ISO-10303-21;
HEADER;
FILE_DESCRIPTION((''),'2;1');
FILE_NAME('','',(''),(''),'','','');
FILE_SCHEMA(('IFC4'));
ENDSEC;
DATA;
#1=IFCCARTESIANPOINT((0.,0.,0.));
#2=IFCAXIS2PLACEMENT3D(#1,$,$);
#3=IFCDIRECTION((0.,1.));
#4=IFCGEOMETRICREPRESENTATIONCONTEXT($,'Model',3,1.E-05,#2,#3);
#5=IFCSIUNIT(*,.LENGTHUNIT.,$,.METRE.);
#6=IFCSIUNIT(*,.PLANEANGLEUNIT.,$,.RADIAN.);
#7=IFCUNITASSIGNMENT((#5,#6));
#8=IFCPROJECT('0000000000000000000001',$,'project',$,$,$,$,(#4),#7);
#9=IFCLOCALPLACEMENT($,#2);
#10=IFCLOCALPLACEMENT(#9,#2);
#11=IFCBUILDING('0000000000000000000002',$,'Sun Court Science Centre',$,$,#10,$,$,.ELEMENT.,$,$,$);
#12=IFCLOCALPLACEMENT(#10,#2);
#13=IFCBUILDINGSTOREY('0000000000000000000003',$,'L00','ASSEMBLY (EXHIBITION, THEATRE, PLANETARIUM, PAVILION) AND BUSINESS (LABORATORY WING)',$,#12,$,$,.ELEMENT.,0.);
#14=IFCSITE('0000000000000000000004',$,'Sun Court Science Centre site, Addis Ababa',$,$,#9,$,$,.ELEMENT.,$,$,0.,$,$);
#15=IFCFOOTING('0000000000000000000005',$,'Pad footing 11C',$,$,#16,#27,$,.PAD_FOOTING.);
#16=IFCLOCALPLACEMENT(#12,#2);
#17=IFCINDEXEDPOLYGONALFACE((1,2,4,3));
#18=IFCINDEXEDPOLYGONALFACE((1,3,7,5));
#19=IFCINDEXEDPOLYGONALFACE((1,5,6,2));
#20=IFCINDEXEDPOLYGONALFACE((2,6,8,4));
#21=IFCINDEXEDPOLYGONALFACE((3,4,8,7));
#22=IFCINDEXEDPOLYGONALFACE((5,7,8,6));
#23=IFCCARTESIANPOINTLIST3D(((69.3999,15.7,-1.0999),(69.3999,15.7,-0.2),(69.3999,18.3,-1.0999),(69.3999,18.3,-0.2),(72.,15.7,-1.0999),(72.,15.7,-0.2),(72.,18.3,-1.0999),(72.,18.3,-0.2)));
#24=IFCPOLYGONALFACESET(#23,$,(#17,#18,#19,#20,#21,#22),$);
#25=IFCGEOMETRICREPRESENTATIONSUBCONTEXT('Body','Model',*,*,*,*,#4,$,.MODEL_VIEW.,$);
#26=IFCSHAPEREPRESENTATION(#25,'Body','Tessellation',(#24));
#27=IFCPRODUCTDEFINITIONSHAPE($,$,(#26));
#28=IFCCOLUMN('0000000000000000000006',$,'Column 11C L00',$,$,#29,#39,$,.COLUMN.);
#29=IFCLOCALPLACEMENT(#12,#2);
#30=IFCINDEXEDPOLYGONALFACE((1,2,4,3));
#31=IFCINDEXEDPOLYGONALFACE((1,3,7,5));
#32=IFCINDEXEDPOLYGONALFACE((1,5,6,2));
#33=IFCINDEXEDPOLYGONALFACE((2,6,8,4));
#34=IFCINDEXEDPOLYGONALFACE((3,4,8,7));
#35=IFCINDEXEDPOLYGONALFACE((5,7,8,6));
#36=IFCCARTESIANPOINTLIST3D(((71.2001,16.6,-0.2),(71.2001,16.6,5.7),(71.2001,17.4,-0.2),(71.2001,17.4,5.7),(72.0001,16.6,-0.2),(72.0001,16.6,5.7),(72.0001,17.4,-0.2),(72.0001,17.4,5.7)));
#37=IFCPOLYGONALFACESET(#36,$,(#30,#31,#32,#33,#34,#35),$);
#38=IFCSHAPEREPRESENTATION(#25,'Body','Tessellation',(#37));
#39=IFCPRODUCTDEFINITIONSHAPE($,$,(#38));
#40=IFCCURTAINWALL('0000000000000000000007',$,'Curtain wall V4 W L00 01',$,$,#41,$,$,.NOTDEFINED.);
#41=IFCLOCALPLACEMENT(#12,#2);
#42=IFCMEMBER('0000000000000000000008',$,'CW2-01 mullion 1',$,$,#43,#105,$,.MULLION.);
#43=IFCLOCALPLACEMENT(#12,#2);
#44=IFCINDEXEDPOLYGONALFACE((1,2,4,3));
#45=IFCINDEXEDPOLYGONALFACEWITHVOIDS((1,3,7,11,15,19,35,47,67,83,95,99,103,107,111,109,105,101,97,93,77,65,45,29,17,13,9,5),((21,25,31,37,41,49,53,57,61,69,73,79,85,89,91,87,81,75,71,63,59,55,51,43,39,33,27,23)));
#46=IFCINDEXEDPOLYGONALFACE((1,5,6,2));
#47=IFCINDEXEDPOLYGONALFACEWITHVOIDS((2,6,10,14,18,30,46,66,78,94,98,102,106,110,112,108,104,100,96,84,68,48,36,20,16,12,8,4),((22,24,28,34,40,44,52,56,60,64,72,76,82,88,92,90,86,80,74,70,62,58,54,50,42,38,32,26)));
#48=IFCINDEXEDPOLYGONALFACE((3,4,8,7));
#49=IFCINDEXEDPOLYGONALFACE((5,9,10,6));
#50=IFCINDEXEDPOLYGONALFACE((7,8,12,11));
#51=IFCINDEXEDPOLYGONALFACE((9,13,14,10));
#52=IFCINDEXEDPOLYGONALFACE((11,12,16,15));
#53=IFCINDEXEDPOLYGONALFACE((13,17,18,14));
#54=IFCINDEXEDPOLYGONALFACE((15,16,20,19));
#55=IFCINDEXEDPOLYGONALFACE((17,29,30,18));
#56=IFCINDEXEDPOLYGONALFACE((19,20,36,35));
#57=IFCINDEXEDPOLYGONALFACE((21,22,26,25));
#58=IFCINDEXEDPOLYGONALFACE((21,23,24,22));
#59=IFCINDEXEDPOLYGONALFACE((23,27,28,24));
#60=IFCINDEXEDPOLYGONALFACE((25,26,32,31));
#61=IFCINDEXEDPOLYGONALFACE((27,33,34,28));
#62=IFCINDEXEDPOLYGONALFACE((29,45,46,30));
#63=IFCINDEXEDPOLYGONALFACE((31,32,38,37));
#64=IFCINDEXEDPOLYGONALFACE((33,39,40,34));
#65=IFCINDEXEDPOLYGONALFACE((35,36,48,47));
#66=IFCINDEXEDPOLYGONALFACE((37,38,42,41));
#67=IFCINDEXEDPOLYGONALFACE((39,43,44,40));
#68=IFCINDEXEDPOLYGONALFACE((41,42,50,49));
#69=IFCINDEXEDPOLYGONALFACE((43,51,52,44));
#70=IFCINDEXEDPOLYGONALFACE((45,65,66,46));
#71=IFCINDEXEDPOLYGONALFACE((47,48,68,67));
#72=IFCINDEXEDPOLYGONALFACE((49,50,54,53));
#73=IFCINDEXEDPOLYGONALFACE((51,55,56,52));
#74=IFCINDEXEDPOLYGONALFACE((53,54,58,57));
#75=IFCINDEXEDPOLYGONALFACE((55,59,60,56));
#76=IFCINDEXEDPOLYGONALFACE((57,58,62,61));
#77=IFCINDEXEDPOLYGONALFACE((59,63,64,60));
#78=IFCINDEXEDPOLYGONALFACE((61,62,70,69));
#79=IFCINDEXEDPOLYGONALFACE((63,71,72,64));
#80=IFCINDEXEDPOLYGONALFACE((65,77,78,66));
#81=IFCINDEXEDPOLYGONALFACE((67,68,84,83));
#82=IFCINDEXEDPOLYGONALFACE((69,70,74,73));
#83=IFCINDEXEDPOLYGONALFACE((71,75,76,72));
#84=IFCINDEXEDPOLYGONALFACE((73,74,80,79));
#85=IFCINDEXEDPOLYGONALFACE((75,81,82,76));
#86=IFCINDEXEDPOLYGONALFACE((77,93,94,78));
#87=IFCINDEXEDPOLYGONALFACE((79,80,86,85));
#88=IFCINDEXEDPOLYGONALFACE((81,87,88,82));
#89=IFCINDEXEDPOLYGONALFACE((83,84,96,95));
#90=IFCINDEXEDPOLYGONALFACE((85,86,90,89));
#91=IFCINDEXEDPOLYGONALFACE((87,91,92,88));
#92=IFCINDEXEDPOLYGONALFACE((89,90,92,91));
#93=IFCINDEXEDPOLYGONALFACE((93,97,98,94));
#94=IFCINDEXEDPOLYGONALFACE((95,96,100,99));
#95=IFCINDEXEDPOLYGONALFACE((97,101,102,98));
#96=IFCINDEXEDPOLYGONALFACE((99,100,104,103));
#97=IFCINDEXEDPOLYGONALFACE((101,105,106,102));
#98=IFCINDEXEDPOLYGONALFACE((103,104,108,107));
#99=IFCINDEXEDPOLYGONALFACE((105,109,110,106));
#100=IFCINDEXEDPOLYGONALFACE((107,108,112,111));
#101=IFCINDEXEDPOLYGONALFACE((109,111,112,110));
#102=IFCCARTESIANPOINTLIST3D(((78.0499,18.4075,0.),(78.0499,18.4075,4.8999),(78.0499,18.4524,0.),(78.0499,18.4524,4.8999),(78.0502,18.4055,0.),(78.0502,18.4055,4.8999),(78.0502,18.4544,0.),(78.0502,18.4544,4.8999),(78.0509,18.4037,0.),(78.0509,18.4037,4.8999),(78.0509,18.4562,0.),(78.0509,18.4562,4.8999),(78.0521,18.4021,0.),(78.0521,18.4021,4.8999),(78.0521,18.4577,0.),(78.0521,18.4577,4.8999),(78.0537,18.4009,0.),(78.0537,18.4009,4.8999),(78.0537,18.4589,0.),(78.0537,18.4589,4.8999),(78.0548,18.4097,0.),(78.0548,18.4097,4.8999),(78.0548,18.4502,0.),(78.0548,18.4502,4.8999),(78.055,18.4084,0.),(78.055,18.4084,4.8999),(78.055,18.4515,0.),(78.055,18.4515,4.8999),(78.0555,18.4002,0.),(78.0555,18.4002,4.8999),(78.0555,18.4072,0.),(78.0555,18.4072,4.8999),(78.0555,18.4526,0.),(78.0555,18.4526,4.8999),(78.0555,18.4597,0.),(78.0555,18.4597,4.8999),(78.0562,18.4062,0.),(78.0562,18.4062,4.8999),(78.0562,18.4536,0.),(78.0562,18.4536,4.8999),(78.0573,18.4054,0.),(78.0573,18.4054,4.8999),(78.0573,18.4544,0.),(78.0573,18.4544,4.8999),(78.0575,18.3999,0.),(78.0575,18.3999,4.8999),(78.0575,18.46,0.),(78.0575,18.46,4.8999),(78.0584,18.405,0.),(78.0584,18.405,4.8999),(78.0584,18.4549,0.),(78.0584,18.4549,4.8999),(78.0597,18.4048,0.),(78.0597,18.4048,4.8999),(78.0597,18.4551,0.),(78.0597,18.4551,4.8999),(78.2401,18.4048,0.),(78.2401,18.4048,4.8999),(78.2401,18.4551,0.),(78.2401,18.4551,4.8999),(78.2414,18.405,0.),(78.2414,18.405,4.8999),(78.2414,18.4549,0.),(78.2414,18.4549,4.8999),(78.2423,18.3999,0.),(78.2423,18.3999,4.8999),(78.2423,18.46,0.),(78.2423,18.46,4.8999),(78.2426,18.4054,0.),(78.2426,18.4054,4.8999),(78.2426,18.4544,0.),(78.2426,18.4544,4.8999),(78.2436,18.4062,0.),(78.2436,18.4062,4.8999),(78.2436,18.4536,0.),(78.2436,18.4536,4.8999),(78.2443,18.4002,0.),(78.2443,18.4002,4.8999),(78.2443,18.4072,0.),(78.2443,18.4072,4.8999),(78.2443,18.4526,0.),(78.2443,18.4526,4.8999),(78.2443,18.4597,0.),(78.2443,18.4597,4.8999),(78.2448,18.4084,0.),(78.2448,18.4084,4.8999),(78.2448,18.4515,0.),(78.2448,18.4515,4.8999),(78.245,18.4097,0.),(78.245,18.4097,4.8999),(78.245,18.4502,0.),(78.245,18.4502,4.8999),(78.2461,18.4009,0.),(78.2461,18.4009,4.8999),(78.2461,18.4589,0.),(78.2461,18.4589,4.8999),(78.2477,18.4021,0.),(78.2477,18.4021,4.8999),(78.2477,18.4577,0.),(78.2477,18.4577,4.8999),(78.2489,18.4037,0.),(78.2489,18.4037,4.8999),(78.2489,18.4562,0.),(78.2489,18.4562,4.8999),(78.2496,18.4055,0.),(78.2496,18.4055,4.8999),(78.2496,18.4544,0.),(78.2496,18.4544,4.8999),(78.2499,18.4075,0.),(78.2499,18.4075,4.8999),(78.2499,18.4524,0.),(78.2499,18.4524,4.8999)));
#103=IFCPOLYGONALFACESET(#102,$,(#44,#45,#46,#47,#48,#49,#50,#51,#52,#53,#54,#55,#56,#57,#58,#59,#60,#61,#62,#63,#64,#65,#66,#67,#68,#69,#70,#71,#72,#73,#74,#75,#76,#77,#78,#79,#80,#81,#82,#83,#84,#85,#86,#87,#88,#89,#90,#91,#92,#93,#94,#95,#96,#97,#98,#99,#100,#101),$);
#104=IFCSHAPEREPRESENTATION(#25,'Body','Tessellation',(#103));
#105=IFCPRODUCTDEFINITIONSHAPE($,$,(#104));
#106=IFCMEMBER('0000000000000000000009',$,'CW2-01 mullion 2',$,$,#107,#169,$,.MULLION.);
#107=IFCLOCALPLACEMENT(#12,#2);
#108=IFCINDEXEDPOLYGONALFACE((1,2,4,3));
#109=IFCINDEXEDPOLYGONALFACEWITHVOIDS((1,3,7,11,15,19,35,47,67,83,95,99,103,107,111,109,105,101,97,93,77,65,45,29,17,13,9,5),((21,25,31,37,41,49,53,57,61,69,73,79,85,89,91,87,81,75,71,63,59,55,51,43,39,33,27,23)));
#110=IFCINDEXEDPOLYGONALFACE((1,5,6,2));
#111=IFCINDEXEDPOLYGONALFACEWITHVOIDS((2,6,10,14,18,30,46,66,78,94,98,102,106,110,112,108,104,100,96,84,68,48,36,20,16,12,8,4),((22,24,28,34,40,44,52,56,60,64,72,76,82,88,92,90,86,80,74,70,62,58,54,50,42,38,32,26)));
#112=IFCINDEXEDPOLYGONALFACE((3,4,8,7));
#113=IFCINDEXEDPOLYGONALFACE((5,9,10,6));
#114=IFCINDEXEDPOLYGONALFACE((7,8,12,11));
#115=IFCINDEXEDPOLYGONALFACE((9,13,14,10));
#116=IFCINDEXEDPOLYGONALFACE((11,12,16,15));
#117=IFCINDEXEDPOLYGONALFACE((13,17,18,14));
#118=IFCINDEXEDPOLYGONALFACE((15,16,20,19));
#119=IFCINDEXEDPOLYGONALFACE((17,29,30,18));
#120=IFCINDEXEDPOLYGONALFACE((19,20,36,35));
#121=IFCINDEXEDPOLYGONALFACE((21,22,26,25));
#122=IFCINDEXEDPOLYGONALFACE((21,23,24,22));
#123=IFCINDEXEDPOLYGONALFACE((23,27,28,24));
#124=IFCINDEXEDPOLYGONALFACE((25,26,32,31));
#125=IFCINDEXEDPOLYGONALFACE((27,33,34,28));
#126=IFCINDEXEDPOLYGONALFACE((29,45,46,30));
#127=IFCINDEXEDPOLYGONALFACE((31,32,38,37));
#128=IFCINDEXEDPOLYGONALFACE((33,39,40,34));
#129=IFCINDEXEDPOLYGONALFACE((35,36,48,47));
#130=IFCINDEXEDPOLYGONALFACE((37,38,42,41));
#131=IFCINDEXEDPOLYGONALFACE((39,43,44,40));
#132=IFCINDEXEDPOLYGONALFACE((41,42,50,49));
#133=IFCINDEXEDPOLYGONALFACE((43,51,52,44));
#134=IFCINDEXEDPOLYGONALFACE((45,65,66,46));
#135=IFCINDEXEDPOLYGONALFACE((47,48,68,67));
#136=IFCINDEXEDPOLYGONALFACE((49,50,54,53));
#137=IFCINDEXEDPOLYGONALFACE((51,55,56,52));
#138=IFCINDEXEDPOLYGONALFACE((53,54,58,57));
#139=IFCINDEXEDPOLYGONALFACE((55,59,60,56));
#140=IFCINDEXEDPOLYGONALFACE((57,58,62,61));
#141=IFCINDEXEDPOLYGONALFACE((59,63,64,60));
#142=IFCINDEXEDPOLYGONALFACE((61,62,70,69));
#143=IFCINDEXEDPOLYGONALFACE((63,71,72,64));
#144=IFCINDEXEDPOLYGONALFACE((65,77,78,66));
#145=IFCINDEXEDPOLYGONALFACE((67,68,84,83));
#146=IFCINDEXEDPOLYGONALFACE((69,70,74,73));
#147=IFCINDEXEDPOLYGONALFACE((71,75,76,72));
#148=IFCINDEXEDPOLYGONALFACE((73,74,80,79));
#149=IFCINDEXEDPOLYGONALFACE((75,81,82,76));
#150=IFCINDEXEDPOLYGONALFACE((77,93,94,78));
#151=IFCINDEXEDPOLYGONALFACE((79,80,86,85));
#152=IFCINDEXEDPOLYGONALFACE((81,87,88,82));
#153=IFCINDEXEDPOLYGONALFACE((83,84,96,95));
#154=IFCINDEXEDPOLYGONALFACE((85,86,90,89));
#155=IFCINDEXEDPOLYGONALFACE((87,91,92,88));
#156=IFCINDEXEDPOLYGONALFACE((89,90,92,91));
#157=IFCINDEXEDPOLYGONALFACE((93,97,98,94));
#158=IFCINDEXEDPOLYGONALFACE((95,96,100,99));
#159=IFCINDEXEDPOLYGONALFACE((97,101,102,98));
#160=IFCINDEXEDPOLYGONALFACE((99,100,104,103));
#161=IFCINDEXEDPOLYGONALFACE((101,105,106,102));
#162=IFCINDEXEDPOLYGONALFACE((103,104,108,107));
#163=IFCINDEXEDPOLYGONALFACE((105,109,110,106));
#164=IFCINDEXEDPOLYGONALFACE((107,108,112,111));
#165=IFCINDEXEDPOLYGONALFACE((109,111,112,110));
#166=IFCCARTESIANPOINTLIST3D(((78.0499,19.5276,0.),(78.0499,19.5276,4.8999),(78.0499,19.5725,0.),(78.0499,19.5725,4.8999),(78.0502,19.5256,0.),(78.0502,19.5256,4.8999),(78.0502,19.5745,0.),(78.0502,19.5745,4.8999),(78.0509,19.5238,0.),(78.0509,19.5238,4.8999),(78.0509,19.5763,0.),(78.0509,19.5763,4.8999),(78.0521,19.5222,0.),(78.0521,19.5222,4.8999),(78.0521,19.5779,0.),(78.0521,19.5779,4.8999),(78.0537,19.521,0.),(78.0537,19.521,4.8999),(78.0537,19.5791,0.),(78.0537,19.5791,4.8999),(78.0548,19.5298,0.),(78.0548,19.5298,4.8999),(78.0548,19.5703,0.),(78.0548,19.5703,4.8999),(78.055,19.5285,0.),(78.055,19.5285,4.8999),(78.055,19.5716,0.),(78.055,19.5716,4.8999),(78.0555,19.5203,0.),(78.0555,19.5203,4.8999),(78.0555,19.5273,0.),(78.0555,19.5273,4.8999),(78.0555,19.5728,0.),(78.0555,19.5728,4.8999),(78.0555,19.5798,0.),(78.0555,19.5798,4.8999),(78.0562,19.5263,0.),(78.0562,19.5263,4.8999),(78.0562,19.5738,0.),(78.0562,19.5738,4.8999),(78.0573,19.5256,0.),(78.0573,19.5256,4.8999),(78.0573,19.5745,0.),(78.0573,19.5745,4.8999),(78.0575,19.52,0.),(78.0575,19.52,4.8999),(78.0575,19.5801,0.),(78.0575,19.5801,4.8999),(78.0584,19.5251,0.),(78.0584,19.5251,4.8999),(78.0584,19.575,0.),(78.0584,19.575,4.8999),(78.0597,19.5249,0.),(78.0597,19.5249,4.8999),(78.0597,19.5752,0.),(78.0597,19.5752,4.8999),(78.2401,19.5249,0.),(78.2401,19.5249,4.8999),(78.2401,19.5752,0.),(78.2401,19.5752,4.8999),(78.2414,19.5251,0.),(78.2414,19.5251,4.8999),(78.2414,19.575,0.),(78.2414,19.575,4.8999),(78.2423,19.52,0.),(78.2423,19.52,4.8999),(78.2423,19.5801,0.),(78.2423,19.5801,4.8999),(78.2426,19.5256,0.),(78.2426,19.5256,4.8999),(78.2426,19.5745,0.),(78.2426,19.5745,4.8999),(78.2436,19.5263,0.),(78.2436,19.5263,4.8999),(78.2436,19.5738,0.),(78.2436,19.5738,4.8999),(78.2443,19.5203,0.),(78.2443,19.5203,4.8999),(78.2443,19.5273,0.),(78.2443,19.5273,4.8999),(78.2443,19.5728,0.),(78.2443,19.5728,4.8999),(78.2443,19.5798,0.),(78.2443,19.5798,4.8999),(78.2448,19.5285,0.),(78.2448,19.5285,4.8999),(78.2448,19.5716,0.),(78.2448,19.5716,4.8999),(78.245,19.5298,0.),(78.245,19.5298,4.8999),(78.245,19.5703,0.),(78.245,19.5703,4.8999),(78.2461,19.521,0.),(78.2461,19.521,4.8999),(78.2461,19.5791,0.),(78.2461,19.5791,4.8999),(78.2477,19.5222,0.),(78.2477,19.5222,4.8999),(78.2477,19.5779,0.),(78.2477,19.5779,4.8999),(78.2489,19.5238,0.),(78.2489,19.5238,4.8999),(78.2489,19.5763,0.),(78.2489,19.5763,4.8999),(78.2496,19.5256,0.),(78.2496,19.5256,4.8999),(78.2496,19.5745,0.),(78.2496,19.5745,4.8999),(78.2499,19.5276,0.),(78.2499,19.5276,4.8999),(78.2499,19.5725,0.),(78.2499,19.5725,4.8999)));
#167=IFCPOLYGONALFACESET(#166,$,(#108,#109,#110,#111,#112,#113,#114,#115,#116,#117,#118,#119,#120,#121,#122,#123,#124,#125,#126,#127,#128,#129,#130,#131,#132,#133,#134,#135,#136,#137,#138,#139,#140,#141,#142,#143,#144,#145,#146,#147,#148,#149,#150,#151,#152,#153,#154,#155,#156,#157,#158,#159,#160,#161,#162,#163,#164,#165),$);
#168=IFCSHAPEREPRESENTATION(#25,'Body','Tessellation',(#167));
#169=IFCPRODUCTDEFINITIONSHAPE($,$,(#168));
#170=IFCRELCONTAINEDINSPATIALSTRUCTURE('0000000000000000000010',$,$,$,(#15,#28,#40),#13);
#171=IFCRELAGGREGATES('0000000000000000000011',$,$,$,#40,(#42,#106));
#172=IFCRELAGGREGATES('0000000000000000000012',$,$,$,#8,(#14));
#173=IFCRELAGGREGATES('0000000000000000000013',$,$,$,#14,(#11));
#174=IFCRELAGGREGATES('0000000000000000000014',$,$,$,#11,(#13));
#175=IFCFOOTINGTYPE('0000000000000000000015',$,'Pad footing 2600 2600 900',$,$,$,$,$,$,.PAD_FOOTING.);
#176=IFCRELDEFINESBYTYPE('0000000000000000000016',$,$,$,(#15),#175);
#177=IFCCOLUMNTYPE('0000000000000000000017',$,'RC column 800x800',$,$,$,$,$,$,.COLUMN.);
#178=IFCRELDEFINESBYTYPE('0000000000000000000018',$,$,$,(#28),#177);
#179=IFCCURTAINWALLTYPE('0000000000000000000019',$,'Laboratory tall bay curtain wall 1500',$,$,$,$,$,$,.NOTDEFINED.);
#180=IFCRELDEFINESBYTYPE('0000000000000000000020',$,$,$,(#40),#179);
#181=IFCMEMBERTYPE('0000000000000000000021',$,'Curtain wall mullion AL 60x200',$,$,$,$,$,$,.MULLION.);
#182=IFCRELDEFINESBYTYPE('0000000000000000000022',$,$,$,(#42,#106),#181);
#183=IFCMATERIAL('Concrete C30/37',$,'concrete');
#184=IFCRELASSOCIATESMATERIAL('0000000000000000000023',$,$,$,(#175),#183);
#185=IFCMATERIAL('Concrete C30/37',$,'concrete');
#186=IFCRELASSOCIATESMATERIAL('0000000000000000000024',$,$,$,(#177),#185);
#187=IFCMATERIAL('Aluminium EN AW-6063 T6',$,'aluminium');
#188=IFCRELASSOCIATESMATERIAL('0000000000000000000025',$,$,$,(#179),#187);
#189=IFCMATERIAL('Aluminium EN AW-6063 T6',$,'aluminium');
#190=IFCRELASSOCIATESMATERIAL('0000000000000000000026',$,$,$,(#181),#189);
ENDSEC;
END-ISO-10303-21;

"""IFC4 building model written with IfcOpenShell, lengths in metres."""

from ifc_helpers import new_model, si_unit, direction, frame, origin, origin_2d, place, context, subcontext, project, spatial, rectangle, hollow_rectangle, extrude, material, material_profile, profile_set, type_object, element, aggregate, save


model = new_model("IFC4")

# Units and contexts
model_context = context("Model", 3, precision=1e-05, world=origin(), true_north=direction((0.0, 1.0)))
body_context = subcontext(model_context, "Body", "Model", "MODEL_VIEW")
ifc_project = project(units=[si_unit("LENGTHUNIT", "METRE"), si_unit("PLANEANGLEUNIT", "RADIAN")], contexts=[model_context])

# Site, building, storey
site_placement = place(None, origin())
site = spatial("IfcSite", under=ifc_project, at=site_placement, Name="Sun Court Science Centre site, Addis Ababa", CompositionType="ELEMENT", RefElevation=0.0)
building_placement = place(site_placement, origin())
building = spatial("IfcBuilding", under=site, at=building_placement, Name="Sun Court Science Centre", CompositionType="ELEMENT")
storey_placement = place(building_placement, origin())
storey = spatial("IfcBuildingStorey", under=building, at=storey_placement, Name="L00", Description="ASSEMBLY (EXHIBITION, THEATRE, PLANETARIUM, PAVILION) AND BUSINESS (LABORATORY WING)", CompositionType="ELEMENT", Elevation=0.0)

# Footing
ifc_material_1 = material(Name="Concrete C30/37", Category="concrete")
footing_type = type_object("IfcFootingType", Name="Pad footing 2600 2600 900", PredefinedType="PAD_FOOTING", material=ifc_material_1)
footing_placement = place(storey_placement, frame((70.7, 17.0, -1.0999), z_axis=(0.0, 0.0, 1.0), x_axis=(1.0, 0.0, 0.0)))
element("IfcFooting", 1, at=footing_placement, inside=storey, type_object=footing_type, Name="Pad footing 11C", PredefinedType="PAD_FOOTING", context=body_context, shape_type="SweptSolid", body=[
    extrude(rectangle(XDim=2.6001, YDim=2.6001, at=origin_2d()), origin(), (0.0, 0.0, 1.0), 0.8999),
])

# Column
ifc_material_2 = material(Name="Concrete C30/37", Category="concrete")
ifc_material_profile_1 = material_profile(ifc_material_2, rectangle(XDim=0.8, YDim=0.8, at=origin_2d()), Name="RC 800x800")
ifc_profile_set_1 = profile_set([ifc_material_profile_1], Name="Concrete C30/37")
column_type = type_object("IfcColumnType", Name="RC column 800x800", PredefinedType="COLUMN", material=ifc_profile_set_1)
column_placement = place(storey_placement, frame((71.6001, 17.0, -0.2), z_axis=(0.0, 0.0, 1.0), x_axis=(1.0, 0.0, 0.0)))
element("IfcColumn", 2, at=column_placement, inside=storey, type_object=column_type, Name="Column 11C L00", PredefinedType="COLUMN", context=body_context, shape_type="SweptSolid", body=[
    extrude(rectangle(XDim=0.8, YDim=0.8, at=origin_2d()), origin(), (0.0, 0.0, 1.0), 5.8999),
])

# Curtain wall, members
ifc_material_3 = material(Name="Aluminium EN AW-6063 T6", Category="aluminium")
curtain_wall_type = type_object("IfcCurtainWallType", Name="Laboratory tall bay curtain wall 1500", PredefinedType="NOTDEFINED", material=ifc_material_3)
curtain_wall_placement = place(storey_placement, origin())
curtain_wall = element("IfcCurtainWall", 3, at=curtain_wall_placement, inside=storey, type_object=curtain_wall_type, Name="Curtain wall V4 W L00 01", PredefinedType="NOTDEFINED")
ifc_material_4 = material(Name="Aluminium EN AW-6063 T6", Category="aluminium")
ifc_material_profile_2 = material_profile(ifc_material_4, hollow_rectangle(XDim=0.0601, YDim=0.2, WallThickness=0.0049, InnerFilletRadius=0.0049, OuterFilletRadius=0.0076, at=origin_2d()), Name="AL 60x200x5")
ifc_profile_set_2 = profile_set([ifc_material_profile_2], Name="Aluminium EN AW-6063 T6")
member_type_1 = type_object("IfcMemberType", Name="Curtain wall mullion AL 60x200", PredefinedType="MULLION", material=ifc_profile_set_2)
member_1_placement = place(storey_placement, frame((78.1499, 18.4299, 0.0), z_axis=(0.0, 0.0, 1.0), x_axis=(0.0, 1.0, 0.0)))
member_1 = element("IfcMember", 4, at=member_1_placement, type_object=member_type_1, Name="CW2-01 mullion 1", PredefinedType="MULLION", context=body_context, shape_type="SweptSolid", body=[
    extrude(hollow_rectangle(XDim=0.0601, YDim=0.2, WallThickness=0.0049, InnerFilletRadius=0.0049, OuterFilletRadius=0.0076, at=origin_2d()), origin(), (0.0, 0.0, 1.0), 4.8999),
])
member_2_placement = place(storey_placement, frame((78.1499, 19.55, 0.0), z_axis=(0.0, 0.0, 1.0), x_axis=(0.0, 1.0, 0.0)))
member_2 = element("IfcMember", 5, at=member_2_placement, type_object=member_type_1, Name="CW2-01 mullion 2", PredefinedType="MULLION", context=body_context, shape_type="SweptSolid", body=[
    extrude(hollow_rectangle(XDim=0.0601, YDim=0.2, WallThickness=0.0049, InnerFilletRadius=0.0049, OuterFilletRadius=0.0076, at=origin_2d()), origin(), (0.0, 0.0, 1.0), 4.8999),
])
aggregate(curtain_wall, [member_1, member_2])

save(model, "model.ifc")
